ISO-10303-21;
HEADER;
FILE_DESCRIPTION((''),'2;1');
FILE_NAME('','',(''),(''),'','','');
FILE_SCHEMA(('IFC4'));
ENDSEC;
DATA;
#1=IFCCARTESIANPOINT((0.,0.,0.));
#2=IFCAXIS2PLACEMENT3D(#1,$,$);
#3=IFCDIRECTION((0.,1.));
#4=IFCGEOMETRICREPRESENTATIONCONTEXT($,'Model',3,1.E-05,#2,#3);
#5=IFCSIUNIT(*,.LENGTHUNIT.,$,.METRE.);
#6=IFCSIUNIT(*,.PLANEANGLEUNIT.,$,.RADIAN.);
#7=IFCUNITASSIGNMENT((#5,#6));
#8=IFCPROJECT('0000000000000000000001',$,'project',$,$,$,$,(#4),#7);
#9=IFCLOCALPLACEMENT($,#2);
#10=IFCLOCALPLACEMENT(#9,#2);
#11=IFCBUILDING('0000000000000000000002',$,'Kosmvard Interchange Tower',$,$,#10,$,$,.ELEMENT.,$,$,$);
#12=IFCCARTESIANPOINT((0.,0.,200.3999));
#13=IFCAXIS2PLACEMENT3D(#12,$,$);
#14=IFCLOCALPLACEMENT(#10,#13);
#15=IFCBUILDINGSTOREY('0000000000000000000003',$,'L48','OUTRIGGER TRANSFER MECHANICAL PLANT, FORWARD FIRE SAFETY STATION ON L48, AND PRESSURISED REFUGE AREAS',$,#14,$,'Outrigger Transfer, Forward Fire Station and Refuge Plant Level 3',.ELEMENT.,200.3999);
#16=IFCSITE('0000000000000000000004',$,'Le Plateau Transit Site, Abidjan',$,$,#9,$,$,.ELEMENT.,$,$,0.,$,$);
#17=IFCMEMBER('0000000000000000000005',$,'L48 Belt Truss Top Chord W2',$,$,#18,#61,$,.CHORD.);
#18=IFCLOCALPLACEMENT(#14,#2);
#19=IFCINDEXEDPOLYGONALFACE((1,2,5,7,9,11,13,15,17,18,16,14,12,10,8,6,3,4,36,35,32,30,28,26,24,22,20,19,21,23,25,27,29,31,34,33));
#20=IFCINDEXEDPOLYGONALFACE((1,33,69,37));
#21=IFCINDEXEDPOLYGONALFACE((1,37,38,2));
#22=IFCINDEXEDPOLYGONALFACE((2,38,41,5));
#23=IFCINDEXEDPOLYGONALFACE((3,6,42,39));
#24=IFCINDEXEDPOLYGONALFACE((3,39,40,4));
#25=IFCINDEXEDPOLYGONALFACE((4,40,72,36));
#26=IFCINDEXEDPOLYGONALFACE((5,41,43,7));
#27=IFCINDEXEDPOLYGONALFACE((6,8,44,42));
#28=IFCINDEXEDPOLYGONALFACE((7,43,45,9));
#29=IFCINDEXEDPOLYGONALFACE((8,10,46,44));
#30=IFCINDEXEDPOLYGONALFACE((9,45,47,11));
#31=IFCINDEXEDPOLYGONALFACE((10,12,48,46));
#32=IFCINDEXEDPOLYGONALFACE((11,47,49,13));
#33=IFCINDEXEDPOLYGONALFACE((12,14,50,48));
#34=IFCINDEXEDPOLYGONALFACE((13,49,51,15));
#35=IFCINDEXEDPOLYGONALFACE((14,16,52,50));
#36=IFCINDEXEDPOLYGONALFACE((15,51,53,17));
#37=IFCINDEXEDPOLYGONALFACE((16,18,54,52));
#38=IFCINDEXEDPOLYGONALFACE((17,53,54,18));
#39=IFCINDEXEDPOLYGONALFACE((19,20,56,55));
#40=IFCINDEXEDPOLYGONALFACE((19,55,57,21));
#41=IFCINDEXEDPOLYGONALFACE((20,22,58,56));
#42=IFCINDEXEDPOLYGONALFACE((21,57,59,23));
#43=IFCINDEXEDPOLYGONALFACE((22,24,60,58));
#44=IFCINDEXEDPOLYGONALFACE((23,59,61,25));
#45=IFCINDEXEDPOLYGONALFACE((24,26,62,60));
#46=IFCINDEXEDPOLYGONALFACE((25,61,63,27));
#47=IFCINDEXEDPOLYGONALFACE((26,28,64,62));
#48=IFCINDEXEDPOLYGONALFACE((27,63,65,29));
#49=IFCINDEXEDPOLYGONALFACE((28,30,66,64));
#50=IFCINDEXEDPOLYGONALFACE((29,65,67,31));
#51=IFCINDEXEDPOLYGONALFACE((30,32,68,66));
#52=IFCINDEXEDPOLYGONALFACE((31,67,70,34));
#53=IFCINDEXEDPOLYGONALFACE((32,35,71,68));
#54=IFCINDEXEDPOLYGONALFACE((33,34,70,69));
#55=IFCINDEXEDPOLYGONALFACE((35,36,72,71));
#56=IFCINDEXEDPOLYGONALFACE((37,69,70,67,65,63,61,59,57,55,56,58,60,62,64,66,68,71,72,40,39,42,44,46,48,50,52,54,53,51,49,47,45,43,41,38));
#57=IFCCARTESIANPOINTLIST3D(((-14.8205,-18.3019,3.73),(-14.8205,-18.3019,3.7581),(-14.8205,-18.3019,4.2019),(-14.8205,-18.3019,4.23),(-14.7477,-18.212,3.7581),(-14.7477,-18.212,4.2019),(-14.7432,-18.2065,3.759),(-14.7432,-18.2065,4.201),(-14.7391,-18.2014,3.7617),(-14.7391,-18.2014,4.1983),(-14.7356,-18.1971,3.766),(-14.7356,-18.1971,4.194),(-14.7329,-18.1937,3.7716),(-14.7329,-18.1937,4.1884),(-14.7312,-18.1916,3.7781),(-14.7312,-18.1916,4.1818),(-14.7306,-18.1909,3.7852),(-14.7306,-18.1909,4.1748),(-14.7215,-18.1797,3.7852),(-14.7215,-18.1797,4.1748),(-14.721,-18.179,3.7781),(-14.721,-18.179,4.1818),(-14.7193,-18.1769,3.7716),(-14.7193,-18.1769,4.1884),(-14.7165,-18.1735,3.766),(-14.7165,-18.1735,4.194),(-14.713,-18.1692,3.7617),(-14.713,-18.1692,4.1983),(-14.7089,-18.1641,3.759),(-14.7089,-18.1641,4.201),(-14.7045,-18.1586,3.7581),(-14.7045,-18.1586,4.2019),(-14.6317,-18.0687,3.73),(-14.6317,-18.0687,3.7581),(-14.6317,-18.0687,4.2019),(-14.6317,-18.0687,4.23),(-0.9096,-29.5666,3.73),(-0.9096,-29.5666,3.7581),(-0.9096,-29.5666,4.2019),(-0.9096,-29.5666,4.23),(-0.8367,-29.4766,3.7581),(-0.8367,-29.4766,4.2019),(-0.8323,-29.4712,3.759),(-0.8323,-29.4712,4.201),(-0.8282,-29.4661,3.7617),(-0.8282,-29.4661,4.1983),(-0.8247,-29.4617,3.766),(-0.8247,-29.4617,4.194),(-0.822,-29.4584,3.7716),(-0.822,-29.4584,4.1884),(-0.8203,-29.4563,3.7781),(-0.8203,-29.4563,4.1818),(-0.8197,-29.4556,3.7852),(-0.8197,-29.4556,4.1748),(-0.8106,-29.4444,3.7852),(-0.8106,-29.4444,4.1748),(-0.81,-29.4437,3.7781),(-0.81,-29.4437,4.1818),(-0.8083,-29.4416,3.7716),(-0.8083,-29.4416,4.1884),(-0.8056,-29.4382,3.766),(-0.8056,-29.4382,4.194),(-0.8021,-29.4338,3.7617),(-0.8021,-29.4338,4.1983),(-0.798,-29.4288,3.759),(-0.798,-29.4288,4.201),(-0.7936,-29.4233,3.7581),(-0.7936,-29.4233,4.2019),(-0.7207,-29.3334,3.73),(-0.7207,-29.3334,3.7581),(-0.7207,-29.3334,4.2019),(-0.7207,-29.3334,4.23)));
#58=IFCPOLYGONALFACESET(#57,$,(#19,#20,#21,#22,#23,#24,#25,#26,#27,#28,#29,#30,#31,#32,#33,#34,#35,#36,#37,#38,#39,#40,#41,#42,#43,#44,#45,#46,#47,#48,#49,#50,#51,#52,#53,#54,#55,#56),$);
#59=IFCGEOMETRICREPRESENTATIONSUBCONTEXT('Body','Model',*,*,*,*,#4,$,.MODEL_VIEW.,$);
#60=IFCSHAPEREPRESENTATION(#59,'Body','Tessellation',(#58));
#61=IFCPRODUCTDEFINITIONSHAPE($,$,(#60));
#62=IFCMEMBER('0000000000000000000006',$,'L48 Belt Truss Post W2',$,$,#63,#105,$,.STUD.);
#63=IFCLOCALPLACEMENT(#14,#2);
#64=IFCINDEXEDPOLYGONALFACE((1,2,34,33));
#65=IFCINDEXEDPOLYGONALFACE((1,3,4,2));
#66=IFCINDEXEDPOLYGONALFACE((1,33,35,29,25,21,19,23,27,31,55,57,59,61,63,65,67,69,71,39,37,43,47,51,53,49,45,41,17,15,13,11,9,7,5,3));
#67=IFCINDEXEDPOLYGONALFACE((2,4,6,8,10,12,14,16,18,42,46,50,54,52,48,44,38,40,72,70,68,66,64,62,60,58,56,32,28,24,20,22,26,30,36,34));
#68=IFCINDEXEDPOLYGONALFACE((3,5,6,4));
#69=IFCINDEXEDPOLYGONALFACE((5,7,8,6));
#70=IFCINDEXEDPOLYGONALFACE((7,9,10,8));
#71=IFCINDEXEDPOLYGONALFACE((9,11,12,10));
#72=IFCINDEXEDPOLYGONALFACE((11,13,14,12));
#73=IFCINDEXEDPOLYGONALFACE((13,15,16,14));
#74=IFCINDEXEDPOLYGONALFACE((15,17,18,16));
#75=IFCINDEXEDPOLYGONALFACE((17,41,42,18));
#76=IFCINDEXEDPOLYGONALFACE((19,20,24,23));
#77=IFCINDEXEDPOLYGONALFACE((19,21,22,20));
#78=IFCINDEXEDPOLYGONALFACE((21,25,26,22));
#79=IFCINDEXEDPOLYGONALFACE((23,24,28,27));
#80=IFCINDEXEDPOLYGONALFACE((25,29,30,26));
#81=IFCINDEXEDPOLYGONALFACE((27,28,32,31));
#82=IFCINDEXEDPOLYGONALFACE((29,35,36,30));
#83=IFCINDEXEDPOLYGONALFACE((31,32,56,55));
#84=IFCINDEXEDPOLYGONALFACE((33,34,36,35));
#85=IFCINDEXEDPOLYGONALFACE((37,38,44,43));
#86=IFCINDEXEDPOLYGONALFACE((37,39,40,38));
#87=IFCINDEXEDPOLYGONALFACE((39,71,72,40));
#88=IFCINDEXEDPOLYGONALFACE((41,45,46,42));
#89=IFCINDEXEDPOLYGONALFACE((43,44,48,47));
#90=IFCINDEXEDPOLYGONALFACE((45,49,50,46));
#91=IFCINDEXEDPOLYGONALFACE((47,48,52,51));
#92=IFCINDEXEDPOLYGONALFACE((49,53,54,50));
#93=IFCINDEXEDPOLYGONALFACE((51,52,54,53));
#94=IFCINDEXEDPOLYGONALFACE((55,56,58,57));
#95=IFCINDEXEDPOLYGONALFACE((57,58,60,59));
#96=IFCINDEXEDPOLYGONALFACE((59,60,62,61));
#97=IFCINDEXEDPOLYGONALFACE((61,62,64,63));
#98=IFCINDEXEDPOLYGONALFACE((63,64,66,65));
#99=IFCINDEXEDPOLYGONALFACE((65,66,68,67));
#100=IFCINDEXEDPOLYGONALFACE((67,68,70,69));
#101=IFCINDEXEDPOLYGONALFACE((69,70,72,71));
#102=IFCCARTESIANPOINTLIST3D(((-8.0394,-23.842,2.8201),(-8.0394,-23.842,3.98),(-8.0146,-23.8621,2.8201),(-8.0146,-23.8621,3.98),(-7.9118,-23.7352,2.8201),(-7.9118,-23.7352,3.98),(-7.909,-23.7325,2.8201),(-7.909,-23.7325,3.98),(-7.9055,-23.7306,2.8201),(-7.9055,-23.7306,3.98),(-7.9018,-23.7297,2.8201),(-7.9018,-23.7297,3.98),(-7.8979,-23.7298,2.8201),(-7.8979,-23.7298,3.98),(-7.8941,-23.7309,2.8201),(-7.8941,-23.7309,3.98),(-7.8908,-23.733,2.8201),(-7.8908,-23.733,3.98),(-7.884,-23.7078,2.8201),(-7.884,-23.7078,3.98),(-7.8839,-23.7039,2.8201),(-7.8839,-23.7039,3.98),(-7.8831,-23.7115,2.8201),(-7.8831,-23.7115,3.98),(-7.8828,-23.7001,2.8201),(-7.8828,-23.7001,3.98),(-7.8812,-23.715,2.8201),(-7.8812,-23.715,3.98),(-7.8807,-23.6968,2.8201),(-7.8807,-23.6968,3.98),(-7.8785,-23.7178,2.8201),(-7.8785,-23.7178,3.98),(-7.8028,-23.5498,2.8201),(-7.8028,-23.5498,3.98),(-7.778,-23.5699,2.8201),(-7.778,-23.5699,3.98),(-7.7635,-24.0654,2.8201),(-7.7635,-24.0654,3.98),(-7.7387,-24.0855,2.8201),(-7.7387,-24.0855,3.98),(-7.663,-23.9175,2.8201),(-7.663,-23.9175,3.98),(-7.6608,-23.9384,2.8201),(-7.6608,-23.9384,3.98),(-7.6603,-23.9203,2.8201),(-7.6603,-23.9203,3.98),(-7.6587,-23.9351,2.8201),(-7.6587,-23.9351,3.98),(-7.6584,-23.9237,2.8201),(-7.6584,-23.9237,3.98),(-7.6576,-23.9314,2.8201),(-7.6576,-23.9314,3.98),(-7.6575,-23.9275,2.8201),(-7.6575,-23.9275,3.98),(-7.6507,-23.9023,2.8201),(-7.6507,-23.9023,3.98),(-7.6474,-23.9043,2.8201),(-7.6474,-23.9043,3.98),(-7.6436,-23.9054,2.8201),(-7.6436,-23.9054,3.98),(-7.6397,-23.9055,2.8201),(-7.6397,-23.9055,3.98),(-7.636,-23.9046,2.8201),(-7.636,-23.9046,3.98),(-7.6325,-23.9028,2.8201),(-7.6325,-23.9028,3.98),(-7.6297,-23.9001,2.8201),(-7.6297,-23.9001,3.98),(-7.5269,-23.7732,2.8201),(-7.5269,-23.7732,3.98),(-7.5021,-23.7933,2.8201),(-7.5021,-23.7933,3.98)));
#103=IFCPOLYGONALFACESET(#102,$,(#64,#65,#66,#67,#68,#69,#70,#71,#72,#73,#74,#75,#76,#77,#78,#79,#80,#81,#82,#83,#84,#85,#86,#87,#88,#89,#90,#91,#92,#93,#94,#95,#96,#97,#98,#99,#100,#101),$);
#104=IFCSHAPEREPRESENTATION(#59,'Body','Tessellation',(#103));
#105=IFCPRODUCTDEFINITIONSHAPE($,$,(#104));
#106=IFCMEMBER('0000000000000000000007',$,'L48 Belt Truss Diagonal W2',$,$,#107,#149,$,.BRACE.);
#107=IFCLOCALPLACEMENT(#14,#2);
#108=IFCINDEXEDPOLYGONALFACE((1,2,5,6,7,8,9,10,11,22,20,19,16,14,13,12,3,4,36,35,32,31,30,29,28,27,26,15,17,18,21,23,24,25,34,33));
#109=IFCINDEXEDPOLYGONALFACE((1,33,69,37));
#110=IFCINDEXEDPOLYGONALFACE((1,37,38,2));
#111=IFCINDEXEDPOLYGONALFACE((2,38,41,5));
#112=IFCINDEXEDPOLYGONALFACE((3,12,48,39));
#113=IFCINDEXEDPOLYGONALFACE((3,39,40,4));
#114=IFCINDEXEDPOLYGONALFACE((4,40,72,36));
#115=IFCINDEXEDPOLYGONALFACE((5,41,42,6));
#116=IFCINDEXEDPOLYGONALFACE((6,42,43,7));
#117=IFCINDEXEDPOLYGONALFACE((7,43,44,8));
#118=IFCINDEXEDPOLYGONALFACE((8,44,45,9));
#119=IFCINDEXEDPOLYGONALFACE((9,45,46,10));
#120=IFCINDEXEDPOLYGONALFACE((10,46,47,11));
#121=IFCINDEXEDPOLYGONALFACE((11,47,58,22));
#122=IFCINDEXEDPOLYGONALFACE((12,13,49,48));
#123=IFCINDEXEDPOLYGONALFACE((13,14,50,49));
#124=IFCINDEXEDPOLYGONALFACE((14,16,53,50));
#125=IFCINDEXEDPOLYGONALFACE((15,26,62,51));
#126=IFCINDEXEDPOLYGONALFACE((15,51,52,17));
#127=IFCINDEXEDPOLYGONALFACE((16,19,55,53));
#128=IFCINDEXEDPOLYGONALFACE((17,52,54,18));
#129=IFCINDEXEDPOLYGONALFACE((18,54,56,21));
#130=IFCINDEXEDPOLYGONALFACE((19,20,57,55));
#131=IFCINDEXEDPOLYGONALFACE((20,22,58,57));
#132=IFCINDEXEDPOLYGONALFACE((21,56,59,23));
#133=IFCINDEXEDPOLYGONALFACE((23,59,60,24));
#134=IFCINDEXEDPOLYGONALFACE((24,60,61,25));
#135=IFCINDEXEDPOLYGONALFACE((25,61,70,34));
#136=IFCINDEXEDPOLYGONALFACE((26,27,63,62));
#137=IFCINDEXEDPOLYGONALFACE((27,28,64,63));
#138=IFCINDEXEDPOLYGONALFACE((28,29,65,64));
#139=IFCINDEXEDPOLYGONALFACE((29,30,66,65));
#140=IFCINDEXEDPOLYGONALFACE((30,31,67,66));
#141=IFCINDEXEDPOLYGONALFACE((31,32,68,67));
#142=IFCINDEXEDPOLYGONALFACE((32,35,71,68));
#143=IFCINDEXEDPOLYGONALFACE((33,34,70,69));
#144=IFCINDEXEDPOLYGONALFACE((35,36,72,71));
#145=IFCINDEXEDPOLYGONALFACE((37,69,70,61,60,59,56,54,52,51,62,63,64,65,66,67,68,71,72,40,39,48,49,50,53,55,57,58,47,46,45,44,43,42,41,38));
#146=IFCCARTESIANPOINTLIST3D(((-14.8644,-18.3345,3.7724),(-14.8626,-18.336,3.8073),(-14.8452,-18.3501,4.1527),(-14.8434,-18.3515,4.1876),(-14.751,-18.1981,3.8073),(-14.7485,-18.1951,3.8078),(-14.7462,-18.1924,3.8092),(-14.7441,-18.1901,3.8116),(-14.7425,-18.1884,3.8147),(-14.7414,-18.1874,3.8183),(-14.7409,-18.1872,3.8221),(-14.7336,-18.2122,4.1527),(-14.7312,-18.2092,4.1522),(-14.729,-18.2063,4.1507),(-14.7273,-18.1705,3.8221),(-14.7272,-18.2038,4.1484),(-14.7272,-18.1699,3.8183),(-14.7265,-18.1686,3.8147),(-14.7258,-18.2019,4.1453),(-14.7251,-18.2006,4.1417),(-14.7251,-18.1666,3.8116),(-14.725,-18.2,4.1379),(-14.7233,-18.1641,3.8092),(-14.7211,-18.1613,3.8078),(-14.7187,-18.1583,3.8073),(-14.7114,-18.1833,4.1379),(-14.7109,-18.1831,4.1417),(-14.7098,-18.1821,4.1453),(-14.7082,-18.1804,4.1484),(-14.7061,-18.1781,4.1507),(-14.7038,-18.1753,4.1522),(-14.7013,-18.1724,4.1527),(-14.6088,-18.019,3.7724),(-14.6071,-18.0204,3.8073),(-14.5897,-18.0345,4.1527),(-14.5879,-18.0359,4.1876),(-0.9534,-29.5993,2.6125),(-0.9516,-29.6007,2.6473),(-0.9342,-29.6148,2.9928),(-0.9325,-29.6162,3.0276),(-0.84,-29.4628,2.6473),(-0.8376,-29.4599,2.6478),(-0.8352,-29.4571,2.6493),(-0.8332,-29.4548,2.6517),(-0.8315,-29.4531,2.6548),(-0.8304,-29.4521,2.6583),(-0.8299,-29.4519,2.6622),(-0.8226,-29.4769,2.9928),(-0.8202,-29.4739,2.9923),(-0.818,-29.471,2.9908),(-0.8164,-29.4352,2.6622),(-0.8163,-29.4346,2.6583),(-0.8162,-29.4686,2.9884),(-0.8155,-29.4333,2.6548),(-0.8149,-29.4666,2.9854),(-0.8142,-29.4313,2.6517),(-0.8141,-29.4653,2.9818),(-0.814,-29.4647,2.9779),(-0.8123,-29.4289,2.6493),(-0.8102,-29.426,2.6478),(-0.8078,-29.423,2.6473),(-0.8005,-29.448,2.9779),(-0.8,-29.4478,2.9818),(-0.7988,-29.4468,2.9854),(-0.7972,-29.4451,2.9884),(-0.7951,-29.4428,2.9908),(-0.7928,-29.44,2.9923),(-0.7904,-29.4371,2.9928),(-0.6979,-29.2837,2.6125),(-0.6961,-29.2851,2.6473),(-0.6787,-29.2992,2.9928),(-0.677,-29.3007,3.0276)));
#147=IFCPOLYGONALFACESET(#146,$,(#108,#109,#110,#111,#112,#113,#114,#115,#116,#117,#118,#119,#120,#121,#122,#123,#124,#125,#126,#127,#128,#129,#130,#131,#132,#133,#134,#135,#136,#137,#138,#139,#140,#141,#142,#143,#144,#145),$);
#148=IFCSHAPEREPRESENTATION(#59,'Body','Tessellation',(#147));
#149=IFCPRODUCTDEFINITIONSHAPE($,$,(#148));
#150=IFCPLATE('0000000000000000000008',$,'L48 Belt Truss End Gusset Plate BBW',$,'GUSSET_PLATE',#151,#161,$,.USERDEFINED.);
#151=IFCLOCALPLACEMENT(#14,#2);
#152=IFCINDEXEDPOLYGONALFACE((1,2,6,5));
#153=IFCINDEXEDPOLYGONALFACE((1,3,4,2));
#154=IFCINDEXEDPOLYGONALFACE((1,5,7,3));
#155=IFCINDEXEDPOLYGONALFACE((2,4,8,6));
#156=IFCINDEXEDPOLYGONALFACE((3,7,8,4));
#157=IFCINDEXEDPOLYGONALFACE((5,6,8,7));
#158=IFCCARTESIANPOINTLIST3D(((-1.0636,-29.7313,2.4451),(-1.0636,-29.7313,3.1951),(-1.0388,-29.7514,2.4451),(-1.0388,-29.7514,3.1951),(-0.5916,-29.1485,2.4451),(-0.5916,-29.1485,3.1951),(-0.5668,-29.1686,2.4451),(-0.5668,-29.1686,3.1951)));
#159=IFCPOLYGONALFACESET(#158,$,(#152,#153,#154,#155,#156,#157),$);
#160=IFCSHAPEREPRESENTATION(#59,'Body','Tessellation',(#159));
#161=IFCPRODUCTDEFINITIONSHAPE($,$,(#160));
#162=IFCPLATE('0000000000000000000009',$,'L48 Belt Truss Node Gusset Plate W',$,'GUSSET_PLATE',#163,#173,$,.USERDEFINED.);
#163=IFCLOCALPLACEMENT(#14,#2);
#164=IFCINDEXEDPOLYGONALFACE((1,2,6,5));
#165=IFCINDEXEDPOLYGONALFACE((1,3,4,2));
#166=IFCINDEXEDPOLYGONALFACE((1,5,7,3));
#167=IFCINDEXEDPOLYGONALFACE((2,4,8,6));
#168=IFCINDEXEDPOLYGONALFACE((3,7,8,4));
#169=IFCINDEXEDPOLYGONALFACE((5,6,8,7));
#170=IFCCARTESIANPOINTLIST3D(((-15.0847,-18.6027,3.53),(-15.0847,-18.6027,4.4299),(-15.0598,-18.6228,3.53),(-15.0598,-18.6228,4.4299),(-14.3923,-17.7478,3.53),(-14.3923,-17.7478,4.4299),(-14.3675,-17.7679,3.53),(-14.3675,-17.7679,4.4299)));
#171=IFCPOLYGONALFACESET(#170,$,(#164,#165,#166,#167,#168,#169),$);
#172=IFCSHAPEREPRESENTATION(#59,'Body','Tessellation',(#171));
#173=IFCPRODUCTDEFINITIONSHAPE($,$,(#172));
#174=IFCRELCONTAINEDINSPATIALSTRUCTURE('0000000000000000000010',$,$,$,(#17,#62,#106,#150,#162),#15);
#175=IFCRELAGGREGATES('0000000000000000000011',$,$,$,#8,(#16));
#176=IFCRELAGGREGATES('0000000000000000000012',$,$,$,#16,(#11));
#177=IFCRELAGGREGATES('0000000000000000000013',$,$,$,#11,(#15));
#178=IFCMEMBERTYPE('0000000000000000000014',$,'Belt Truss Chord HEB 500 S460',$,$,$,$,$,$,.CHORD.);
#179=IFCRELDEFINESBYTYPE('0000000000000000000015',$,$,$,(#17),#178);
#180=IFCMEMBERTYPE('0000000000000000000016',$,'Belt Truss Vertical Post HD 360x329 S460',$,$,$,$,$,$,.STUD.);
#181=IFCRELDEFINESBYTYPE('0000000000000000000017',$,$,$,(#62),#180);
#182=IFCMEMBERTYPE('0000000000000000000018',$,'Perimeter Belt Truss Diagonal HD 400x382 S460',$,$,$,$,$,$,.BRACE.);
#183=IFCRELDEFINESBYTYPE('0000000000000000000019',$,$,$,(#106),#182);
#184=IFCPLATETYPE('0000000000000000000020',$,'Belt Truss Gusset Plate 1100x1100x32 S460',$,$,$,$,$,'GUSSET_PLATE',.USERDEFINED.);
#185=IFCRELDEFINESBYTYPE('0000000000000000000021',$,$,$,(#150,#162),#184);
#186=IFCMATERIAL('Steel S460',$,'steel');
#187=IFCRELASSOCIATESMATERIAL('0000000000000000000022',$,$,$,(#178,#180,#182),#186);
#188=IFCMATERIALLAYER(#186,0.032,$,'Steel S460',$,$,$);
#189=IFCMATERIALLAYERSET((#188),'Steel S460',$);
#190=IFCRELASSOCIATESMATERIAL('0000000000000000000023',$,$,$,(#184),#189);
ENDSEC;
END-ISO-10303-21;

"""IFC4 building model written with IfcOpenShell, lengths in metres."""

from ifc_helpers import new_model, si_unit, direction, frame, origin, origin_2d, place, context, subcontext, project, spatial, rectangle, i_section, extrude, source, transform, mapped, material, layer, layer_set, material_profile, profile_set, type_object, element, save


model = new_model("IFC4")

# Units and contexts
model_context = context("Model", 3, precision=1e-05, world=origin(), true_north=direction((0.0, 1.0)))
body_context = subcontext(model_context, "Body", "Model", "MODEL_VIEW")
ifc_project = project(units=[si_unit("LENGTHUNIT", "METRE"), si_unit("PLANEANGLEUNIT", "RADIAN")], contexts=[model_context])

# Site, building, storey
site_placement = place(None, origin())
site = spatial("IfcSite", under=ifc_project, at=site_placement, Name="Le Plateau Transit Site, Abidjan", CompositionType="ELEMENT", RefElevation=0.0)
building_placement = place(site_placement, origin())
building = spatial("IfcBuilding", under=site, at=building_placement, Name="Kosmvard Interchange Tower", CompositionType="ELEMENT")
storey_placement = place(building_placement, frame((0.0, 0.0, 200.3999)))
storey = spatial("IfcBuildingStorey", under=building, at=storey_placement, Name="L48", Description="OUTRIGGER TRANSFER MECHANICAL PLANT, FORWARD FIRE SAFETY STATION ON L48, AND PRESSURISED REFUGE AREAS", LongName="Outrigger Transfer, Forward Fire Station and Refuge Plant Level 3", CompositionType="ELEMENT", Elevation=200.3999)

# Members
ifc_material_1 = material(Name="Steel S460", Category="steel")
ifc_material_profile_1 = material_profile(ifc_material_1, i_section(OverallWidth=0.3, OverallDepth=0.5, WebThickness=0.0144, FlangeThickness=0.0281, FilletRadius=0.0271, at=origin_2d()), Name="HEB 500")
ifc_profile_set_1 = profile_set([ifc_material_profile_1], Name="Steel S460")
member_type_1 = type_object("IfcMemberType", Name="Belt Truss Chord HEB 500 S460", PredefinedType="CHORD", material=ifc_profile_set_1)
shared_shape_1 = source(origin(), body_context, "Body", "SweptSolid", [
    extrude(i_section(OverallWidth=0.3, OverallDepth=0.5, WebThickness=0.0144, FlangeThickness=0.0281, FilletRadius=0.0271, at=origin_2d()), origin(), (0.0, 0.0, 1.0), 17.8999),
])
for number, where, z_axis, x_axis, name in (
    (1, (-14.7261, -18.1853, 3.98), (0.777151, -0.629315, 0.0), (0.629315, 0.777151, 0.0), "L48 Belt Truss Top Chord W2"),
):
    element("IfcMember", number, at=place(storey_placement, frame(where, z_axis=z_axis, x_axis=x_axis)), inside=storey, type_object=member_type_1, Name=name, PredefinedType="CHORD", context=body_context, shape_type="MappedRepresentation", body=[
        mapped(shared_shape_1, transform((0.0, 0.0, 0.0), scale=1.0)),
    ])
ifc_material_profile_2 = material_profile(ifc_material_1, i_section(OverallWidth=0.376, OverallDepth=0.387, WebThickness=0.0195, FlangeThickness=0.032, FilletRadius=0.0149, at=origin_2d()), Name="HD 360x329")
ifc_profile_set_2 = profile_set([ifc_material_profile_2], Name="Steel S460")
member_type_2 = type_object("IfcMemberType", Name="Belt Truss Vertical Post HD 360x329 S460", PredefinedType="STUD", material=ifc_profile_set_2)
shared_shape_2 = source(origin(), body_context, "Body", "SweptSolid", [
    extrude(i_section(OverallWidth=0.376, OverallDepth=0.387, WebThickness=0.0195, FlangeThickness=0.032, FilletRadius=0.0149, at=origin_2d()), origin(), (0.0, 0.0, 1.0), 1.1599),
])
member_1_placement = place(storey_placement, frame((-7.7708, -23.8176, 2.8201), z_axis=(0.0, 0.0, 1.0), x_axis=(0.62932, 0.777146, 0.0)))
element("IfcMember", 2, at=member_1_placement, inside=storey, type_object=member_type_2, Name="L48 Belt Truss Post W2", PredefinedType="STUD", context=body_context, shape_type="MappedRepresentation", body=[
    mapped(shared_shape_2, transform((0.0, 0.0, 0.0), scale=1.0)),
])
ifc_material_profile_3 = material_profile(ifc_material_1, i_section(OverallWidth=0.406, OverallDepth=0.416, WebThickness=0.0215, FlangeThickness=0.0349, FilletRadius=0.0149, at=origin_2d()), Name="HD 400x382")
ifc_profile_set_3 = profile_set([ifc_material_profile_3], Name="Steel S460")
member_type_3 = type_object("IfcMemberType", Name="Perimeter Belt Truss Diagonal HD 400x382 S460", PredefinedType="BRACE", material=ifc_profile_set_3)
shared_shape_3 = source(origin(), body_context, "Body", "SweptSolid", [
    extrude(i_section(OverallWidth=0.406, OverallDepth=0.416, WebThickness=0.0215, FlangeThickness=0.0349, FilletRadius=0.0149, at=origin_2d()), origin(), (0.0, 0.0, 1.0), 17.9375),
])
member_2_placement = place(storey_placement, frame((-0.8152, -29.45, 2.8201), z_axis=(-0.775524, 0.627998, 0.064664), x_axis=(-0.629315, -0.777151, 0.0)))
element("IfcMember", 3, at=member_2_placement, inside=storey, type_object=member_type_3, Name="L48 Belt Truss Diagonal W2", PredefinedType="BRACE", context=body_context, shape_type="MappedRepresentation", body=[
    mapped(shared_shape_3, transform((0.0, 0.0, 0.0), scale=1.0)),
])

# Plates
ifc_layer_1 = layer(ifc_material_1, 0.032, Name="Steel S460")
ifc_layer_set_1 = layer_set([ifc_layer_1], Name="Steel S460")
plate_type = type_object("IfcPlateType", Name="Belt Truss Gusset Plate 1100x1100x32 S460", ElementType="GUSSET_PLATE", PredefinedType="USERDEFINED", material=ifc_layer_set_1)
shared_shape_4 = source(origin(), body_context, "Body", "SweptSolid", [
    extrude(rectangle(XDim=0.75, YDim=0.032, at=origin_2d()), origin(), (0.0, 0.0, 1.0), 0.75),
])
plate_1_placement = place(storey_placement, frame((-0.8152, -29.45, 2.4451), z_axis=(0.0, 0.0, 1.0), x_axis=(0.62932, 0.777146, 0.0)))
element("IfcPlate", 4, at=plate_1_placement, inside=storey, type_object=plate_type, Name="L48 Belt Truss End Gusset Plate BBW", ObjectType="GUSSET_PLATE", PredefinedType="USERDEFINED", context=body_context, shape_type="MappedRepresentation", body=[
    mapped(shared_shape_4, transform((0.0, 0.0, 0.0), scale=1.0)),
])
shared_shape_5 = source(origin(), body_context, "Body", "SweptSolid", [
    extrude(rectangle(XDim=1.1001, YDim=0.032, at=origin_2d()), origin(), (0.0, 0.0, 1.0), 0.8999),
])
plate_2_placement = place(storey_placement, frame((-14.7261, -18.1853, 3.53), z_axis=(0.0, 0.0, 1.0), x_axis=(0.62932, 0.777146, 0.0)))
element("IfcPlate", 5, at=plate_2_placement, inside=storey, type_object=plate_type, Name="L48 Belt Truss Node Gusset Plate W", ObjectType="GUSSET_PLATE", PredefinedType="USERDEFINED", context=body_context, shape_type="MappedRepresentation", body=[
    mapped(shared_shape_5, transform((0.0, 0.0, 0.0), scale=1.0)),
])

save(model, "model.ifc")
